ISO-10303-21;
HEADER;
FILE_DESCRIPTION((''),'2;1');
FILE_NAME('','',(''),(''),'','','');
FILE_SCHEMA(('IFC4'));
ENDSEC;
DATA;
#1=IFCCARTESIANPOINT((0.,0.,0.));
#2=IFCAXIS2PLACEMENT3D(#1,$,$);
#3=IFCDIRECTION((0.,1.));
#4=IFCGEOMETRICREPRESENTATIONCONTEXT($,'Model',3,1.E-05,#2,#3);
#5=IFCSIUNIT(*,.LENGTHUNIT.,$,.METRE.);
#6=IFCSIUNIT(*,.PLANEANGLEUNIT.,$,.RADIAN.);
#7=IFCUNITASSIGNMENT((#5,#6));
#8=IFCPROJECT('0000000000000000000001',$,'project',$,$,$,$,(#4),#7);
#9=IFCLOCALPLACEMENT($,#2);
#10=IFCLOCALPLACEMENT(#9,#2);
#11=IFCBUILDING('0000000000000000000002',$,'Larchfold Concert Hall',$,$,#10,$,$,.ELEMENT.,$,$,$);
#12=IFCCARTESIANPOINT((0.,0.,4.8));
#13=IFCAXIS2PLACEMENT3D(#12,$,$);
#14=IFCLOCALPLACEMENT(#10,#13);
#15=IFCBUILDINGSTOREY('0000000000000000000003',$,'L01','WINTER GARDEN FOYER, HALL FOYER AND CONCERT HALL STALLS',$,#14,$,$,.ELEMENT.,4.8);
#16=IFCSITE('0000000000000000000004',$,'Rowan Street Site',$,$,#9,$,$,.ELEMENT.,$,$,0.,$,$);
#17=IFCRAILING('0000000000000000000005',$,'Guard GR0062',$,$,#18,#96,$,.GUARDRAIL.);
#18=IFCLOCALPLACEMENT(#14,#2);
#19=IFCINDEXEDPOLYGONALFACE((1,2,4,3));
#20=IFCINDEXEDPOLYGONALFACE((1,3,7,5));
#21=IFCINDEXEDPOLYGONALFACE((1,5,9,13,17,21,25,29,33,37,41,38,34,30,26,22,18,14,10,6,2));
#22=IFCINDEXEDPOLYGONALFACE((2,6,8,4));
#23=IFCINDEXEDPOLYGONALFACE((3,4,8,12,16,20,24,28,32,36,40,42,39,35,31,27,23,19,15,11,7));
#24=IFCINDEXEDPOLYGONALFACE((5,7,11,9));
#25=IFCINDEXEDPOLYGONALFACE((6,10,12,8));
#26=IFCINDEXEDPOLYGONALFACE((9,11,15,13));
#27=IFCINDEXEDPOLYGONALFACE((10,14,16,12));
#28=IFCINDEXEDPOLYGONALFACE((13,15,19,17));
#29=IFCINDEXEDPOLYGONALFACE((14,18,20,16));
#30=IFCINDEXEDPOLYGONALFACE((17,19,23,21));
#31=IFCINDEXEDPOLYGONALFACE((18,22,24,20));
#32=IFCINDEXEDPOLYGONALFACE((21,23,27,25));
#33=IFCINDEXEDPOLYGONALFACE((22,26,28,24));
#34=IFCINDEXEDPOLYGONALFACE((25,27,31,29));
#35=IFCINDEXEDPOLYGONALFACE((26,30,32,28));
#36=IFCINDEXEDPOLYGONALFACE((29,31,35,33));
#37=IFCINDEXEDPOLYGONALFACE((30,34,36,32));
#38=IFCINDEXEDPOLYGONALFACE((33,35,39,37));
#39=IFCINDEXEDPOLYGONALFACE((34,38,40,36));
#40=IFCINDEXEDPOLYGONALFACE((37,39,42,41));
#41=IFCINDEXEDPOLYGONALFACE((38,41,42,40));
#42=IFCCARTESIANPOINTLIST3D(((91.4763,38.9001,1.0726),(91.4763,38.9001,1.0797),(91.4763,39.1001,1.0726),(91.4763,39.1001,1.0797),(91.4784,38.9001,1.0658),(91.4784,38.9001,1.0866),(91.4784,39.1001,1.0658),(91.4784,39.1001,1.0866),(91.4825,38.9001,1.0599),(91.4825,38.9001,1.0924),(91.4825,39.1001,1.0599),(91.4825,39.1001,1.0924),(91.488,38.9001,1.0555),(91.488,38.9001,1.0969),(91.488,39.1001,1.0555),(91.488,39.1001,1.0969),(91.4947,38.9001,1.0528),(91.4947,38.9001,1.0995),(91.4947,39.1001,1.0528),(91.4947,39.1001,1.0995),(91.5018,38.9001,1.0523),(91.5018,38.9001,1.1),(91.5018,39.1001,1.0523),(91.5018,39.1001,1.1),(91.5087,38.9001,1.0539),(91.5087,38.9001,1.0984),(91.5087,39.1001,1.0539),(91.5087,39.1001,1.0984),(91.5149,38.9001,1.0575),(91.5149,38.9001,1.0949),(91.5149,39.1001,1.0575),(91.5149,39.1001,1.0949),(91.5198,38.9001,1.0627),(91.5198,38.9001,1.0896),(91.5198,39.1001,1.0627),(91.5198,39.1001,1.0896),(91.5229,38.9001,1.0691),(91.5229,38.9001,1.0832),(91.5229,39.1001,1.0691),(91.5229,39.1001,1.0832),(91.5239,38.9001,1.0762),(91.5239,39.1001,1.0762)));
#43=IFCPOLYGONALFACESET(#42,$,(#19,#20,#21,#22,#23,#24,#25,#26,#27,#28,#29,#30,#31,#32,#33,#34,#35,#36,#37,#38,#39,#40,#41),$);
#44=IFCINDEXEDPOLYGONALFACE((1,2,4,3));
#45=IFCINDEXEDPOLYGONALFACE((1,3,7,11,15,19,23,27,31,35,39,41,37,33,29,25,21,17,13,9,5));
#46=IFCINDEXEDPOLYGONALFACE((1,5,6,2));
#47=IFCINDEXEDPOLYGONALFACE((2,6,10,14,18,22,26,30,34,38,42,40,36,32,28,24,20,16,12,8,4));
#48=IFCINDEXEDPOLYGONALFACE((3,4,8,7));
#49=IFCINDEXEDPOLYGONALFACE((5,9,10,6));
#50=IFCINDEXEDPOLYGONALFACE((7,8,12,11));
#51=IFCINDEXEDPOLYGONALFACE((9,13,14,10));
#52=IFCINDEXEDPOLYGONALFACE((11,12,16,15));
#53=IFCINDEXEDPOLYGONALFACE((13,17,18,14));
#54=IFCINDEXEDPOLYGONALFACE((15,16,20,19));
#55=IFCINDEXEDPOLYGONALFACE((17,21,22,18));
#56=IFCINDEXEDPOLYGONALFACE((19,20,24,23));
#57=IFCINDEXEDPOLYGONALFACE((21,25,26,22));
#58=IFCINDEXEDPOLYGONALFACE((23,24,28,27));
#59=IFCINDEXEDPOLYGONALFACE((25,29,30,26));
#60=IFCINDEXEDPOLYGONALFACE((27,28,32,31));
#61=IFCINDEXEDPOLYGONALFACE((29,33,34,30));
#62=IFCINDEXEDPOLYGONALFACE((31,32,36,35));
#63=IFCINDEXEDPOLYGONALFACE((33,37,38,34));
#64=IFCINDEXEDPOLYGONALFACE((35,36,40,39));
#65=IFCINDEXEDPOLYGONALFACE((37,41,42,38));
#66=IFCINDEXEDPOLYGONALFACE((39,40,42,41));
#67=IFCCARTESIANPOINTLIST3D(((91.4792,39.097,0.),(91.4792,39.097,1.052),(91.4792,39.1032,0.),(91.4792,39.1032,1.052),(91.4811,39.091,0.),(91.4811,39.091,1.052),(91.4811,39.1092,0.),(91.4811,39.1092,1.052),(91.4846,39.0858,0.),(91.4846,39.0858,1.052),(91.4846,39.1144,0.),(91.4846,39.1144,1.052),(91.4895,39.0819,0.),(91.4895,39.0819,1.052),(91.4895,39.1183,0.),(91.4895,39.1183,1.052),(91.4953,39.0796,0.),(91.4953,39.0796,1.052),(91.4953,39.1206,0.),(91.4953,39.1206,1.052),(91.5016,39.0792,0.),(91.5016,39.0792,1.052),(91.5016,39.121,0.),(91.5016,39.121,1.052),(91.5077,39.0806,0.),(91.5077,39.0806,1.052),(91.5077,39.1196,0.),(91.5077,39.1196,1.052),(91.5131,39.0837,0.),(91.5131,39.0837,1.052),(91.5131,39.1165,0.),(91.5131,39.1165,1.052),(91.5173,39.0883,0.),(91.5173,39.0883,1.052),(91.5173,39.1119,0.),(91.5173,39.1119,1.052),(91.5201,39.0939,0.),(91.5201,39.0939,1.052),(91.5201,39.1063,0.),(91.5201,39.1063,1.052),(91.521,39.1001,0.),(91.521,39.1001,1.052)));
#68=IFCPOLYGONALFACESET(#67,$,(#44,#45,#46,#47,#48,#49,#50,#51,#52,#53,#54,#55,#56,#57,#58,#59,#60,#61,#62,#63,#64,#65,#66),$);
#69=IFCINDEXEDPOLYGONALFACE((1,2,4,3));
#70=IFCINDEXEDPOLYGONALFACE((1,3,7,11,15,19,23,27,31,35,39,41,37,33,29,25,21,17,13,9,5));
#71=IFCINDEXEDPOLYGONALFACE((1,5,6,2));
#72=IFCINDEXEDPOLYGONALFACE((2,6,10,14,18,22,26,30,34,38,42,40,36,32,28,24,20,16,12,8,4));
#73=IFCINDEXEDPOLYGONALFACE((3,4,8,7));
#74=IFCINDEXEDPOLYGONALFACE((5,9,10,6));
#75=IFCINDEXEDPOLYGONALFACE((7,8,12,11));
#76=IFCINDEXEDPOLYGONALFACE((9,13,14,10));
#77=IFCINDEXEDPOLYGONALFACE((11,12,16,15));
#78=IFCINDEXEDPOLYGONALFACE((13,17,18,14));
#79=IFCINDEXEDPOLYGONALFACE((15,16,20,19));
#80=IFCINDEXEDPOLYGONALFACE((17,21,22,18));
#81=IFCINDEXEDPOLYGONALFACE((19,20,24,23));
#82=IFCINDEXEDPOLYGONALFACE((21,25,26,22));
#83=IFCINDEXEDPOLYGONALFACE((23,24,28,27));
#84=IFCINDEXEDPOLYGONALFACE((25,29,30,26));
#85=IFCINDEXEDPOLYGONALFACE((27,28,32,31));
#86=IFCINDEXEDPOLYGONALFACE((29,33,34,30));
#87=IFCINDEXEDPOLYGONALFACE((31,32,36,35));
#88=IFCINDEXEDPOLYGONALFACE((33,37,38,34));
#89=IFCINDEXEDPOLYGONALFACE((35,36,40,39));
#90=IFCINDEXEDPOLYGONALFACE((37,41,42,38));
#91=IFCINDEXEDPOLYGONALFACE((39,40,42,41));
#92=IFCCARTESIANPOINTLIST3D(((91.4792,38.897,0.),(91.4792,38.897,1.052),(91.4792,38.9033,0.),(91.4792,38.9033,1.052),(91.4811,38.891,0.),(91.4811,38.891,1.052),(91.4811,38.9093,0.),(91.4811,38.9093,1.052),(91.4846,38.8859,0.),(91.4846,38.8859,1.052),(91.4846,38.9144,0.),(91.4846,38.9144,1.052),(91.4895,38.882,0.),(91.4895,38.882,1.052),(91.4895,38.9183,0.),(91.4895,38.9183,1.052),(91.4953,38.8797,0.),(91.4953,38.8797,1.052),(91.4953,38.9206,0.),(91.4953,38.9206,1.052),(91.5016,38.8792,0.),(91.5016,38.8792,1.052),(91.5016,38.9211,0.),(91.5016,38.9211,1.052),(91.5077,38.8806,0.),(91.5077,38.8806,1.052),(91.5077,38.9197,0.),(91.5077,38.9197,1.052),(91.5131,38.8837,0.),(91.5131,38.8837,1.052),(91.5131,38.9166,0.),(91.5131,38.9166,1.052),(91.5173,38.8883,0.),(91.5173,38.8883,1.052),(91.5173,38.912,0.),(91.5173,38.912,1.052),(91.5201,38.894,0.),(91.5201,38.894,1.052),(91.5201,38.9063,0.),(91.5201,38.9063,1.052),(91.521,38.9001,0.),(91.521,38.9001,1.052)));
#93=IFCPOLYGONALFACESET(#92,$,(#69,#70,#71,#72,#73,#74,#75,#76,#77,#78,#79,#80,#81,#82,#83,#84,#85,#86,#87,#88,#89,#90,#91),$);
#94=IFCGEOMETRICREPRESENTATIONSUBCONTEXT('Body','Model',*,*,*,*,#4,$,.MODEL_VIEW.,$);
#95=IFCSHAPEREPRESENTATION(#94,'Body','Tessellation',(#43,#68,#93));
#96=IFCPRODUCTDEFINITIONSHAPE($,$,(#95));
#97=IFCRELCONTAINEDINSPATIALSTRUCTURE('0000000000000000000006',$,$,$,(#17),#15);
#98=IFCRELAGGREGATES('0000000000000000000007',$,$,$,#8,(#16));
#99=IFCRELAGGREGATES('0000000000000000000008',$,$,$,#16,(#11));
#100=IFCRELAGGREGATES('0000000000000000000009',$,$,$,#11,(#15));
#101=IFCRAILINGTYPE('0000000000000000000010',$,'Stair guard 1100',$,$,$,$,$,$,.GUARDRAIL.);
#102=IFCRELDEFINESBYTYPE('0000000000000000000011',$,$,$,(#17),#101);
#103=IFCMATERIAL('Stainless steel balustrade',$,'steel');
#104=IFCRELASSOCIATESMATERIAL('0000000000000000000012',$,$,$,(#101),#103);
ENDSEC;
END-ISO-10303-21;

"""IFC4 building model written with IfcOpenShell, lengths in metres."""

from ifc_helpers import new_model, si_unit, direction, frame, origin, origin_2d, place, context, subcontext, project, spatial, circle, extrude, material, type_object, element, save


model = new_model("IFC4")

# Units and contexts
model_context = context("Model", 3, precision=1e-05, world=origin(), true_north=direction((0.0, 1.0)))
body_context = subcontext(model_context, "Body", "Model", "MODEL_VIEW")
ifc_project = project(units=[si_unit("LENGTHUNIT", "METRE"), si_unit("PLANEANGLEUNIT", "RADIAN")], contexts=[model_context])

# Site, building, storey
site_placement = place(None, origin())
site = spatial("IfcSite", under=ifc_project, at=site_placement, Name="Rowan Street Site", CompositionType="ELEMENT", RefElevation=0.0)
building_placement = place(site_placement, origin())
building = spatial("IfcBuilding", under=site, at=building_placement, Name="Larchfold Concert Hall", CompositionType="ELEMENT")
storey_placement = place(building_placement, frame((0.0, 0.0, 4.8)))
storey = spatial("IfcBuildingStorey", under=building, at=storey_placement, Name="L01", Description="WINTER GARDEN FOYER, HALL FOYER AND CONCERT HALL STALLS", CompositionType="ELEMENT", Elevation=4.8)

# Railing
ifc_material_1 = material(Name="Stainless steel balustrade", Category="steel")
railing_type_1 = type_object("IfcRailingType", Name="Stair guard 1100", PredefinedType="GUARDRAIL", material=ifc_material_1)
railing_1_placement = place(storey_placement, frame((91.5, 39.1001, 0.0)))
element("IfcRailing", 1, at=railing_1_placement, inside=storey, type_object=railing_type_1, Name="Guard GR0062", PredefinedType="GUARDRAIL", context=body_context, shape_type="SweptSolid", body=[
    extrude(circle(Radius=0.0239, at=origin_2d()), frame((0.0, 0.0, 1.0762), z_axis=(0.0, -1.0, 0.0), x_axis=(1.0, 0.0, 0.0)), (0.0, 0.0, 1.0), 0.2),
    extrude(circle(Radius=0.021, at=origin_2d()), origin(), (0.0, 0.0, 1.0), 1.052),
    extrude(circle(Radius=0.021, at=origin_2d()), frame((0.0, -0.2, 0.0)), (0.0, 0.0, 1.0), 1.052),
])

save(model, "model.ifc")
